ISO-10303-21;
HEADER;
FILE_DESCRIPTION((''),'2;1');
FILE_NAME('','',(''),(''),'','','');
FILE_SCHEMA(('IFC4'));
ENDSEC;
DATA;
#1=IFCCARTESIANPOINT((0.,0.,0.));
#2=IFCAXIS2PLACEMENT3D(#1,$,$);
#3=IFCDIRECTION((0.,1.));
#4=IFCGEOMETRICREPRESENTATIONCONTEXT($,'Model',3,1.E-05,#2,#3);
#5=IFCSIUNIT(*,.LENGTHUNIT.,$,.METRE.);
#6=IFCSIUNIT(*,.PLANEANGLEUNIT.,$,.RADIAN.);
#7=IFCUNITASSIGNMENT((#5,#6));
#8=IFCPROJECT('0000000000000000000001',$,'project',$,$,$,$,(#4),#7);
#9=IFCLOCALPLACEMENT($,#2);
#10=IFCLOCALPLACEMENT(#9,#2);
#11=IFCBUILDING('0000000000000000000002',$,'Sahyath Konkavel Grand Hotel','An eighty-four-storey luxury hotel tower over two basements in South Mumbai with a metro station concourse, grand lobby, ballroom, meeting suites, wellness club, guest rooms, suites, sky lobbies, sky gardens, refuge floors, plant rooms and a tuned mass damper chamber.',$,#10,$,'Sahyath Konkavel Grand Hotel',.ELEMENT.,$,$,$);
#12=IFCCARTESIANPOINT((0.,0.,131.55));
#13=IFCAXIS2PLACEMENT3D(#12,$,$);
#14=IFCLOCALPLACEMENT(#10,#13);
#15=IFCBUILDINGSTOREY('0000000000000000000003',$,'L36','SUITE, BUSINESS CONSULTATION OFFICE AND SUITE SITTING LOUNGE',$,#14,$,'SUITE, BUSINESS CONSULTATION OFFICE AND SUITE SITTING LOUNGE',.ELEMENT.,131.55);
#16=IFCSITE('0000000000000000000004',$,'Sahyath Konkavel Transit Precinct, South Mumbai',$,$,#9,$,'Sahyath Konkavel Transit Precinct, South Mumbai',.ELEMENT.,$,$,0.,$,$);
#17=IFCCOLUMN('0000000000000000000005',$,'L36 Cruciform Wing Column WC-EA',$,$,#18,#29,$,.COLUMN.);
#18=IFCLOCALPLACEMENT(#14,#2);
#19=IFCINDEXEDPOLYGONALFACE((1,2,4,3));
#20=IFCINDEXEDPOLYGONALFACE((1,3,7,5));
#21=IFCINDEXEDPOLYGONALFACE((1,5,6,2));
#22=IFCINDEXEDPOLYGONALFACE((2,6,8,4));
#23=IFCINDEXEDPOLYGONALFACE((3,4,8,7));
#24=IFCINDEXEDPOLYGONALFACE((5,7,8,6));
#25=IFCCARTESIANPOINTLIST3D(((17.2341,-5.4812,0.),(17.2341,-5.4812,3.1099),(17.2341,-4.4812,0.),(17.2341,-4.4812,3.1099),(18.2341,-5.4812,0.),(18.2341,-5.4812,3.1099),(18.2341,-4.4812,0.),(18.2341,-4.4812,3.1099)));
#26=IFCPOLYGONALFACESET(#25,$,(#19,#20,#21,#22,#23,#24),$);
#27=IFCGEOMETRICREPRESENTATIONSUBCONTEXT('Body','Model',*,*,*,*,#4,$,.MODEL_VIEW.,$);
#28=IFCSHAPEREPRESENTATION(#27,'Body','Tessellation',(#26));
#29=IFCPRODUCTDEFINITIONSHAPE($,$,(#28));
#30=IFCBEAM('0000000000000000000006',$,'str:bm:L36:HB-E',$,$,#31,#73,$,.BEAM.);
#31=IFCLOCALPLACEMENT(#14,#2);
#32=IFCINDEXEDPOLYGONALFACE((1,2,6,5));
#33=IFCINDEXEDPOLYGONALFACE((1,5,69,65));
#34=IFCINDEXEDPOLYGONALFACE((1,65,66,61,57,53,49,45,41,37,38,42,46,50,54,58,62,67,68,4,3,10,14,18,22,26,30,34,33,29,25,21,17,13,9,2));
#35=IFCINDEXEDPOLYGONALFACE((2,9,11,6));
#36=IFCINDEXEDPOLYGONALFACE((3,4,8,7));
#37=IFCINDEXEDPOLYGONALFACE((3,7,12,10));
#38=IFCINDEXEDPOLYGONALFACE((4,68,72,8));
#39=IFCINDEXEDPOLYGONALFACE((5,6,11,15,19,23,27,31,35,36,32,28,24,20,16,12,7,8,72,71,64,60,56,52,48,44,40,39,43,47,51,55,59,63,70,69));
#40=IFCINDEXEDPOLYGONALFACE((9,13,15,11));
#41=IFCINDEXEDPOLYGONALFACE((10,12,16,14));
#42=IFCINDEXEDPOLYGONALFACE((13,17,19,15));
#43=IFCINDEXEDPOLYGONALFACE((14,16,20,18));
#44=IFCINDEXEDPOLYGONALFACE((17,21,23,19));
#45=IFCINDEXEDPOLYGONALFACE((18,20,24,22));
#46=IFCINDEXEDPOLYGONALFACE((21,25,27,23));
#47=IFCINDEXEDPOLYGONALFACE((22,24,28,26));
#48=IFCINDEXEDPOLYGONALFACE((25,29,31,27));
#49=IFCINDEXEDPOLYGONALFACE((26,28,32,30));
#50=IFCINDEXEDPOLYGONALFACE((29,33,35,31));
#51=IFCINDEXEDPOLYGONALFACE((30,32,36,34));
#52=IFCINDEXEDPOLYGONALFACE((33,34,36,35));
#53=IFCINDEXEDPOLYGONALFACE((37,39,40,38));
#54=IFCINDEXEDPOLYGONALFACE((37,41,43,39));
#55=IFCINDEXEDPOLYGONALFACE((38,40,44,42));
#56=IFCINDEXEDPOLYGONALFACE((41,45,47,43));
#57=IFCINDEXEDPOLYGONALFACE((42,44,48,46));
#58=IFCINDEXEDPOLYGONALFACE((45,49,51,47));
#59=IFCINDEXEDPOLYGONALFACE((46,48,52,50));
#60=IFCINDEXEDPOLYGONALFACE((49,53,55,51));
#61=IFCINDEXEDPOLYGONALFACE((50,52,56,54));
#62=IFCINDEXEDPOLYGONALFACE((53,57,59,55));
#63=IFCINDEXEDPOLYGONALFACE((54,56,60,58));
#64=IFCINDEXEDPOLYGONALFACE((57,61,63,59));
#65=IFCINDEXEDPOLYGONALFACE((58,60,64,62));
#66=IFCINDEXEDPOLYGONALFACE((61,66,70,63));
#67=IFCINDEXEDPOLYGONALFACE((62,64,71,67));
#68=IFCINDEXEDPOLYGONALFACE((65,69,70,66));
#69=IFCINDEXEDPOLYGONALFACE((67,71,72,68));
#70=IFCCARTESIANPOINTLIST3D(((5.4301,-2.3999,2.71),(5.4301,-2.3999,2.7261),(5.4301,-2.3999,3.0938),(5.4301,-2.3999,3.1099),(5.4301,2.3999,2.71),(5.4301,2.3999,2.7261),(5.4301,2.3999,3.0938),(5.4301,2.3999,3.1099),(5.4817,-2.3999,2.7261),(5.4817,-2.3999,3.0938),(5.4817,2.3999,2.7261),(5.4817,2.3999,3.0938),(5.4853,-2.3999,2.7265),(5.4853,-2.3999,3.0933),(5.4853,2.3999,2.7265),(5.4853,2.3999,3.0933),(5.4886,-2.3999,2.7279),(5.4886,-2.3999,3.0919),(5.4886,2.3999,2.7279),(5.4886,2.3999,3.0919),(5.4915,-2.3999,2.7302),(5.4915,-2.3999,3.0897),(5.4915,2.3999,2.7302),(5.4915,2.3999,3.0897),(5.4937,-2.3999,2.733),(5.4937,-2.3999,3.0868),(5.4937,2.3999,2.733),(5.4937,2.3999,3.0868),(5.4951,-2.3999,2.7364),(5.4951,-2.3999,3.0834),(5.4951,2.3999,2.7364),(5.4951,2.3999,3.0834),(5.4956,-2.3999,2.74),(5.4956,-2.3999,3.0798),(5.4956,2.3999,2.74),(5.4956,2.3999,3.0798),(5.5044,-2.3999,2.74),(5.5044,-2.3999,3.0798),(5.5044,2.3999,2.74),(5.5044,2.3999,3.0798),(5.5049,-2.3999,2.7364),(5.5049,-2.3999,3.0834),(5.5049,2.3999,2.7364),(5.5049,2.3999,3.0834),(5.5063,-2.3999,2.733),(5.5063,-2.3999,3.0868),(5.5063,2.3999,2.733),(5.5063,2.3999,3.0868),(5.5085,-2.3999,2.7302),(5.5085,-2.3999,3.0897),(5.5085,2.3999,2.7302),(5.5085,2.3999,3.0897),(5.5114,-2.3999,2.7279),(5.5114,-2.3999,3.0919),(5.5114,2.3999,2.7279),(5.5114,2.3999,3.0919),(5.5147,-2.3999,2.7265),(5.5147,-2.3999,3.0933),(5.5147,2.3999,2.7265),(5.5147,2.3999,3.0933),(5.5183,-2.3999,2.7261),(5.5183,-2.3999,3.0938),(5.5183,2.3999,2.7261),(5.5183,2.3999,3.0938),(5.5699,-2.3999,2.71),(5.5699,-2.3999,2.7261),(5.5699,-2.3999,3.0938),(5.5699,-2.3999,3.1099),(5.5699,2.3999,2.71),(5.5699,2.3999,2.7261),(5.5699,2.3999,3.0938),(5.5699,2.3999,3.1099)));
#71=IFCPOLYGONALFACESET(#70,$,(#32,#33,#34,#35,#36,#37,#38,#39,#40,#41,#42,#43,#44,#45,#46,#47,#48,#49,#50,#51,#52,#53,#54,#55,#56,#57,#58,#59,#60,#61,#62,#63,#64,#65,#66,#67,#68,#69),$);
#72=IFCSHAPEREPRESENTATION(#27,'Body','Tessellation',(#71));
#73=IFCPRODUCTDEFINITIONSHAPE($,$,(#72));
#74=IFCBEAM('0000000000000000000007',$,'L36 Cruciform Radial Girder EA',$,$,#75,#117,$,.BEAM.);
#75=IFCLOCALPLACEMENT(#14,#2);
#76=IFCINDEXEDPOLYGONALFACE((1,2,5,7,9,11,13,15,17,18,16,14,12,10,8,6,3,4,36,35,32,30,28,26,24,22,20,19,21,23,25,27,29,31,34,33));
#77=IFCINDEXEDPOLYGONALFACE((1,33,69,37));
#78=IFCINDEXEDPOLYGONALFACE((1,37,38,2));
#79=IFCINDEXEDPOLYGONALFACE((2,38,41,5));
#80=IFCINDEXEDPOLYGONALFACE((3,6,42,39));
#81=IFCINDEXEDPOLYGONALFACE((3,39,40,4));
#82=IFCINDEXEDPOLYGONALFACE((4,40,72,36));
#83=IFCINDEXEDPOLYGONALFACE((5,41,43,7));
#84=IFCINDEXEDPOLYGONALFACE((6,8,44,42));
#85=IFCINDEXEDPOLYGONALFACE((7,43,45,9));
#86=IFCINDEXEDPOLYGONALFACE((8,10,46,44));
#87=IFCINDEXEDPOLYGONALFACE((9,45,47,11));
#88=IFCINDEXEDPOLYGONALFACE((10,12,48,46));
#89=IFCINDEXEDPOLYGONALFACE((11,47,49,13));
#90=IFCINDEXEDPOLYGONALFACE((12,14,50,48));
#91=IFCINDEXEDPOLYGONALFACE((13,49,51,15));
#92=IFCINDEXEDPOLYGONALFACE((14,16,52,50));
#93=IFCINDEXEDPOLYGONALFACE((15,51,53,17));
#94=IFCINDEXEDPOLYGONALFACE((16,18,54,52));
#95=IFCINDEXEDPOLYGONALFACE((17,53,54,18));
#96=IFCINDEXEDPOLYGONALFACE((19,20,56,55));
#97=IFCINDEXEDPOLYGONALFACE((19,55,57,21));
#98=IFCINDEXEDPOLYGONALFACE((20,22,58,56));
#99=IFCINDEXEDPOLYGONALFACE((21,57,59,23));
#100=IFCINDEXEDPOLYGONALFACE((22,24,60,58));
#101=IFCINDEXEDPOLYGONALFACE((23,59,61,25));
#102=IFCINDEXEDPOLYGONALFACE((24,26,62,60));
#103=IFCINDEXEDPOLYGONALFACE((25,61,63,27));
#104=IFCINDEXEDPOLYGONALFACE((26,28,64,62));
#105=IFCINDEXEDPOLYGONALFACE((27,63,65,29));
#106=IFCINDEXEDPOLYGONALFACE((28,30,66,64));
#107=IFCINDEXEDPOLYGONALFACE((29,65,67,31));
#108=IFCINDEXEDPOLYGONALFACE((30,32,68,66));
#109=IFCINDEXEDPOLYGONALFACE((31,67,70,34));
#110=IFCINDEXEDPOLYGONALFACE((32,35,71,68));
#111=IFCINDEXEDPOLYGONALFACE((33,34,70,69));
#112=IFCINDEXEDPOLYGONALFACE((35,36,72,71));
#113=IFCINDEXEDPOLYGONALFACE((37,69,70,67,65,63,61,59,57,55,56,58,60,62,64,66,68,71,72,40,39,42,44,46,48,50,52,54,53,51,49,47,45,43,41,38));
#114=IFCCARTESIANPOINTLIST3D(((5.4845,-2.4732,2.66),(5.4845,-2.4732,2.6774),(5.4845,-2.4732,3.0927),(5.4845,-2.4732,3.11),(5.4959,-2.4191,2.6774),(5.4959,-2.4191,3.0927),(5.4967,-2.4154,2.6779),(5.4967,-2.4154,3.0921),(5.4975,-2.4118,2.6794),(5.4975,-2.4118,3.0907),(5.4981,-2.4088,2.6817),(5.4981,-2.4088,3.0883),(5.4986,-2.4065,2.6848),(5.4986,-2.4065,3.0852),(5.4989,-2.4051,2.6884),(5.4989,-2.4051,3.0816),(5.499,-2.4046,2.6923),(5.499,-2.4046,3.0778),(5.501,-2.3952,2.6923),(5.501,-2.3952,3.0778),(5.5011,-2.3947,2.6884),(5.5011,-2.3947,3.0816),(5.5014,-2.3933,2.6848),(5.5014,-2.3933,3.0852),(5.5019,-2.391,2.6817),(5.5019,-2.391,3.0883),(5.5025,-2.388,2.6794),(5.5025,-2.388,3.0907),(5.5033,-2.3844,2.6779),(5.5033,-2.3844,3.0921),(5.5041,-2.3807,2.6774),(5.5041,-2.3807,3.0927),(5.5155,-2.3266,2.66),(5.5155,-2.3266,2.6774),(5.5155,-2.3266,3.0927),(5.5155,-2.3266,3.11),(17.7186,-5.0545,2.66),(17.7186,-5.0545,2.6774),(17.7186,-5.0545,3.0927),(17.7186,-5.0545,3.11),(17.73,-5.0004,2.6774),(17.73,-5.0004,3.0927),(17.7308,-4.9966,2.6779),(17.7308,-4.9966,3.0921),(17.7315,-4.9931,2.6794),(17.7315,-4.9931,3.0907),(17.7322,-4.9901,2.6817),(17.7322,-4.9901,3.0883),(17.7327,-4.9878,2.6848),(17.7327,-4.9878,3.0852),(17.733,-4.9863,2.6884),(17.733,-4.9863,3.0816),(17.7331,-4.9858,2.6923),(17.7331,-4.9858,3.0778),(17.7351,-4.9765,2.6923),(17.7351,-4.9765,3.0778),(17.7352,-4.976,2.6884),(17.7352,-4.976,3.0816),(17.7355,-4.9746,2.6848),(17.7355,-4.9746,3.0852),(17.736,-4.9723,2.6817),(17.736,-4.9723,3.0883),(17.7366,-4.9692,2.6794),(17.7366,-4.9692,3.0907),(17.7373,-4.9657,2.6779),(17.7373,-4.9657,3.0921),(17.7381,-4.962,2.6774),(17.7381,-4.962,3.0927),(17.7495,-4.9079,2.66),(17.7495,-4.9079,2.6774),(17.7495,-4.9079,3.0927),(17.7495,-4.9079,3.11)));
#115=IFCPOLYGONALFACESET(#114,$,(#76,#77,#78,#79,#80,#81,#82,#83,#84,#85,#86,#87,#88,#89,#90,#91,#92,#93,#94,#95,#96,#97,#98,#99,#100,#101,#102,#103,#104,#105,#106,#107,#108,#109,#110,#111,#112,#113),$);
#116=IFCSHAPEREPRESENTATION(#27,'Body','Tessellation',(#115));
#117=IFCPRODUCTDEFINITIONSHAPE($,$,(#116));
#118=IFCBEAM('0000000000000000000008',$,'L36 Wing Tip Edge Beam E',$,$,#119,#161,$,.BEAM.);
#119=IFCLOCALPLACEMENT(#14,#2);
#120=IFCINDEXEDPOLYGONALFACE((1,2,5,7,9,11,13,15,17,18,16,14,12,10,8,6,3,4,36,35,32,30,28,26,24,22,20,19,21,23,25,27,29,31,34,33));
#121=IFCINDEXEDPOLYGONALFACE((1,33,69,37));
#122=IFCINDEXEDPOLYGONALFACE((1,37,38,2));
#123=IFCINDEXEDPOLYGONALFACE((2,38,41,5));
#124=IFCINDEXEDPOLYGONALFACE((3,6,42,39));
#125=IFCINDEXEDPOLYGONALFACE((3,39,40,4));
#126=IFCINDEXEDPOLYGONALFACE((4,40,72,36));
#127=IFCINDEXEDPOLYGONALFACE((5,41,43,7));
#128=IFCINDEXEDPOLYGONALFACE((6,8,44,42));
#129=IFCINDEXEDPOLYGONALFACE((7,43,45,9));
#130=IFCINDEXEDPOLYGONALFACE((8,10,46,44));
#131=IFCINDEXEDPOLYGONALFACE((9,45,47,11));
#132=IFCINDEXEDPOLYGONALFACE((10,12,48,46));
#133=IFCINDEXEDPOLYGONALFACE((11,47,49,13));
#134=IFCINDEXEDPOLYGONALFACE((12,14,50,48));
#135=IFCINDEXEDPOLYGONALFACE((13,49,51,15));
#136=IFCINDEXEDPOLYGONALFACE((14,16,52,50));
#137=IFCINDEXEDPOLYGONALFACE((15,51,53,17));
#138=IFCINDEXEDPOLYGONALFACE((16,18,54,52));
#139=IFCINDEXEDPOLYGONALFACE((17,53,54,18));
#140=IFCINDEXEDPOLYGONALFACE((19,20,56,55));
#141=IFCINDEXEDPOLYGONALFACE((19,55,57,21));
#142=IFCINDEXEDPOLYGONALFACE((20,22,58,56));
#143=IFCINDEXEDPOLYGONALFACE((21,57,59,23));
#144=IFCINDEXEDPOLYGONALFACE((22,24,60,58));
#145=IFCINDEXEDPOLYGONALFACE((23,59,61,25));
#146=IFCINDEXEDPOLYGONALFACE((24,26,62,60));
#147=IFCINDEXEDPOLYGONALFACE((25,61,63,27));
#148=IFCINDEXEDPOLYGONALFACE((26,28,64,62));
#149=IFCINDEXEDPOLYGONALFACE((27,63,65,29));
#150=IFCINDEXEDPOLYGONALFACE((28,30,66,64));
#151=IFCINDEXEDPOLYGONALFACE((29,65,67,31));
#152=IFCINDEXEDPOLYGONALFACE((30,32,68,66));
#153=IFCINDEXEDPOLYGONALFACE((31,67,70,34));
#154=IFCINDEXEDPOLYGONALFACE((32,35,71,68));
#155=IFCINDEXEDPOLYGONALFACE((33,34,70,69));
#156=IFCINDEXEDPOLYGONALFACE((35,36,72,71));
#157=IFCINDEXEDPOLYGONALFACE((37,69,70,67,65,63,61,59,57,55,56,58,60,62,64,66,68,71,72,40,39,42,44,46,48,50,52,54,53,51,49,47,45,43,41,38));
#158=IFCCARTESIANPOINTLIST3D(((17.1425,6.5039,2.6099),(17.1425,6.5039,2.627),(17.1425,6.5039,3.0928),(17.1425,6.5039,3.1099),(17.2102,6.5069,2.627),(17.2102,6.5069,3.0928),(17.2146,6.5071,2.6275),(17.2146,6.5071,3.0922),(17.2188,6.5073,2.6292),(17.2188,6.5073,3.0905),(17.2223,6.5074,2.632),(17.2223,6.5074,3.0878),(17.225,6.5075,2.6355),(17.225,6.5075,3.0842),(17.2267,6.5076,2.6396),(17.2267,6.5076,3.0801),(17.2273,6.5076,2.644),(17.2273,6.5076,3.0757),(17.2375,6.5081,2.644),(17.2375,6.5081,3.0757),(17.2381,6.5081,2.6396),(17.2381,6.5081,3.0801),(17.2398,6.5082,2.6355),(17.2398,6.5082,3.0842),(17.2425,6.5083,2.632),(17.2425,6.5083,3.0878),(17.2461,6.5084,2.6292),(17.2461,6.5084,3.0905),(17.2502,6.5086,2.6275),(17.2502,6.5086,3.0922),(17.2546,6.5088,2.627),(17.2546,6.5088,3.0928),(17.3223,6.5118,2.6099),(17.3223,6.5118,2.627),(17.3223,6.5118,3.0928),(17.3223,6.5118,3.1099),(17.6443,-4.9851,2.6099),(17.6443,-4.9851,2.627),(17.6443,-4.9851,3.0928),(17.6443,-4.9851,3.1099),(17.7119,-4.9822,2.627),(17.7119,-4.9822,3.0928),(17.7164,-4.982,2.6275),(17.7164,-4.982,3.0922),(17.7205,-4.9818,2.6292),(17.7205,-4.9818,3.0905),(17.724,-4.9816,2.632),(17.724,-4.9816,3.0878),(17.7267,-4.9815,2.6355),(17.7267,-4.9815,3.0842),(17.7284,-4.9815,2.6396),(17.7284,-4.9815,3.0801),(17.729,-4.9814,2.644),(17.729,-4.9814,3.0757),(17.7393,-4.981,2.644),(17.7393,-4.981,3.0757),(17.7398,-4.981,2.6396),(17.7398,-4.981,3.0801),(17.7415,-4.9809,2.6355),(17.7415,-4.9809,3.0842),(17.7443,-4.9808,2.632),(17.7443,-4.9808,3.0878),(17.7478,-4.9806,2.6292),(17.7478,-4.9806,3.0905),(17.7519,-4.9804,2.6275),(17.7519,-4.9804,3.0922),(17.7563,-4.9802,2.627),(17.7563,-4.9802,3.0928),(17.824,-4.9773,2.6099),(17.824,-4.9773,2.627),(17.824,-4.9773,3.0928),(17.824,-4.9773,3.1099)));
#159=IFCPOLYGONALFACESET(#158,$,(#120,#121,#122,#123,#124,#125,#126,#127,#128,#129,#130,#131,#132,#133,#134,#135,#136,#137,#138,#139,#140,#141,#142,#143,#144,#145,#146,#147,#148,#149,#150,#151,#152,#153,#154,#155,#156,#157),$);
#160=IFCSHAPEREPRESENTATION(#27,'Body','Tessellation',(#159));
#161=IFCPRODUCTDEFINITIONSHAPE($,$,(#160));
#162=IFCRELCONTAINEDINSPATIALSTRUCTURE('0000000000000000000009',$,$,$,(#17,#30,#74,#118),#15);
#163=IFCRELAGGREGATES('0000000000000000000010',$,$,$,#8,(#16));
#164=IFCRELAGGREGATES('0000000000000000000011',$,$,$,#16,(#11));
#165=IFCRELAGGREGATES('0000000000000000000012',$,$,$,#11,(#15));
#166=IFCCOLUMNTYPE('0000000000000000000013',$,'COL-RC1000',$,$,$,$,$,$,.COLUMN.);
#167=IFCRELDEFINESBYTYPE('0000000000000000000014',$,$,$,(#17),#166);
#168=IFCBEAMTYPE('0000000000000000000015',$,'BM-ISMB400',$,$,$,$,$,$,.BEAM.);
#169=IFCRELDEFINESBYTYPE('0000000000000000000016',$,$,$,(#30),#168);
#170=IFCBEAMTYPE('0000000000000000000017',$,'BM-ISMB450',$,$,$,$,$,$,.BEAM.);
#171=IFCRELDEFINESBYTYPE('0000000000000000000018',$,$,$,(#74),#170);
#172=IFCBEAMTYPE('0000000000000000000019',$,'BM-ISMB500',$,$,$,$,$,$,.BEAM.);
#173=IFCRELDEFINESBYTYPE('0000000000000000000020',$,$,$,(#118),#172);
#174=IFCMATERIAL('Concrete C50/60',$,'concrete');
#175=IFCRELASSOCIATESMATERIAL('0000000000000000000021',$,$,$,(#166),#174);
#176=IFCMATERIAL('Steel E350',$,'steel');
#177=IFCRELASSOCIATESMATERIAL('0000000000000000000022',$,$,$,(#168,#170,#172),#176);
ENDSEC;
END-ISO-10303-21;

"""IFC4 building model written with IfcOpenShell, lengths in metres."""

from ifc_helpers import new_model, si_unit, direction, frame, origin, origin_2d, place, context, subcontext, project, spatial, rectangle, i_section, extrude, source, transform, mapped, material, material_profile, profile_set, type_object, element, save


model = new_model("IFC4")

# Units and contexts
model_context = context("Model", 3, precision=1e-05, world=origin(), true_north=direction((0.0, 1.0)))
body_context = subcontext(model_context, "Body", "Model", "MODEL_VIEW")
ifc_project = project(units=[si_unit("LENGTHUNIT", "METRE"), si_unit("PLANEANGLEUNIT", "RADIAN")], contexts=[model_context])

# Site, building, storey
site_placement = place(None, origin())
site = spatial("IfcSite", under=ifc_project, at=site_placement, Name="Sahyath Konkavel Transit Precinct, South Mumbai", LongName="Sahyath Konkavel Transit Precinct, South Mumbai", CompositionType="ELEMENT", RefElevation=0.0)
building_placement = place(site_placement, origin())
building = spatial("IfcBuilding", under=site, at=building_placement, Name="Sahyath Konkavel Grand Hotel", Description="An eighty-four-storey luxury hotel tower over two basements in South Mumbai with a metro station concourse, grand lobby, ballroom, meeting suites, wellness club, guest rooms, suites, sky lobbies, sky gardens, refuge floors, plant rooms and a tuned mass damper chamber.", LongName="Sahyath Konkavel Grand Hotel", CompositionType="ELEMENT")
storey_placement = place(building_placement, frame((0.0, 0.0, 131.55)))
storey = spatial("IfcBuildingStorey", under=building, at=storey_placement, Name="L36", Description="SUITE, BUSINESS CONSULTATION OFFICE AND SUITE SITTING LOUNGE", LongName="SUITE, BUSINESS CONSULTATION OFFICE AND SUITE SITTING LOUNGE", CompositionType="ELEMENT", Elevation=131.55)

# Column
ifc_material_1 = material(Name="Concrete C50/60", Category="concrete")
ifc_material_profile_1 = material_profile(ifc_material_1, rectangle(XDim=1.0, YDim=1.0, at=origin_2d()), Name="RC 1000x1000")
ifc_profile_set_1 = profile_set([ifc_material_profile_1], Name="Concrete C50/60")
column_type = type_object("IfcColumnType", Name="COL-RC1000", PredefinedType="COLUMN", material=ifc_profile_set_1)
shared_shape_1 = source(origin(), body_context, "Body", "SweptSolid", [
    extrude(rectangle(XDim=1.0, YDim=1.0, at=origin_2d()), origin(), (0.0, 0.0, 1.0), 3.1099),
])
column_placement = place(storey_placement, frame((17.7341, -4.9812, 0.0), z_axis=(0.0, 0.0, 1.0), x_axis=(1.0, 0.0, 0.0)))
element("IfcColumn", 1, at=column_placement, inside=storey, type_object=column_type, Name="L36 Cruciform Wing Column WC-EA", PredefinedType="COLUMN", context=body_context, shape_type="MappedRepresentation", body=[
    mapped(shared_shape_1, transform((0.0, 0.0, 0.0), scale=1.0)),
])

# Beams
ifc_material_2 = material(Name="Steel E350", Category="steel")
ifc_material_profile_2 = material_profile(ifc_material_2, i_section(OverallWidth=0.1399, OverallDepth=0.3999, WebThickness=0.0088, FlangeThickness=0.0161, FilletRadius=0.0139, at=origin_2d()), Name="ISMB 400")
ifc_profile_set_2 = profile_set([ifc_material_profile_2], Name="Steel E350")
beam_type_1 = type_object("IfcBeamType", Name="BM-ISMB400", PredefinedType="BEAM", material=ifc_profile_set_2)
shared_shape_2 = source(origin(), body_context, "Body", "SweptSolid", [
    extrude(i_section(OverallWidth=0.1399, OverallDepth=0.3999, WebThickness=0.0088, FlangeThickness=0.0161, FilletRadius=0.0139, at=origin_2d()), origin(), (0.0, 0.0, 1.0), 4.7998),
])
beam_1_placement = place(storey_placement, frame((5.5, -2.3999, 2.9099), z_axis=(0.0, 1.0, 0.0), x_axis=(-1.0, 0.0, 0.0)))
element("IfcBeam", 2, at=beam_1_placement, inside=storey, type_object=beam_type_1, Name="str:bm:L36:HB-E", PredefinedType="BEAM", context=body_context, shape_type="MappedRepresentation", body=[
    mapped(shared_shape_2, transform((0.0, 0.0, 0.0), scale=1.0)),
])
ifc_material_profile_3 = material_profile(ifc_material_2, i_section(OverallWidth=0.1499, OverallDepth=0.45, WebThickness=0.0095, FlangeThickness=0.0173, FilletRadius=0.0149, at=origin_2d()), Name="ISMB 450")
ifc_profile_set_3 = profile_set([ifc_material_profile_3], Name="Steel E350")
beam_type_2 = type_object("IfcBeamType", Name="BM-ISMB450", PredefinedType="BEAM", material=ifc_profile_set_3)
shared_shape_3 = source(origin(), body_context, "Body", "SweptSolid", [
    extrude(i_section(OverallWidth=0.1499, OverallDepth=0.45, WebThickness=0.0095, FlangeThickness=0.0173, FilletRadius=0.0149, at=origin_2d()), origin(), (0.0, 0.0, 1.0), 12.5034),
])
beam_2_placement = place(storey_placement, frame((5.5, -2.3999, 2.885), z_axis=(0.978458, -0.206446, 0.0), x_axis=(0.206446, 0.978458, 0.0)))
element("IfcBeam", 3, at=beam_2_placement, inside=storey, type_object=beam_type_2, Name="L36 Cruciform Radial Girder EA", PredefinedType="BEAM", context=body_context, shape_type="MappedRepresentation", body=[
    mapped(shared_shape_3, transform((0.0, 0.0, 0.0), scale=1.0)),
])
ifc_material_profile_4 = material_profile(ifc_material_2, i_section(OverallWidth=0.1799, OverallDepth=0.5, WebThickness=0.0103, FlangeThickness=0.0171, FilletRadius=0.0171, at=origin_2d()), Name="ISMB 500")
ifc_profile_set_4 = profile_set([ifc_material_profile_4], Name="Steel E350")
beam_type_3 = type_object("IfcBeamType", Name="BM-ISMB500", PredefinedType="BEAM", material=ifc_profile_set_4)
shared_shape_4 = source(origin(), body_context, "Body", "SweptSolid", [
    extrude(i_section(OverallWidth=0.1799, OverallDepth=0.5, WebThickness=0.0103, FlangeThickness=0.0171, FilletRadius=0.0171, at=origin_2d()), origin(), (0.0, 0.0, 1.0), 11.5),
])
beam_3_placement = place(storey_placement, frame((17.7341, -4.9812, 2.8599), z_axis=(-0.043627, 0.999048, 0.0), x_axis=(-0.999048, -0.043627, 0.0)))
element("IfcBeam", 4, at=beam_3_placement, inside=storey, type_object=beam_type_3, Name="L36 Wing Tip Edge Beam E", PredefinedType="BEAM", context=body_context, shape_type="MappedRepresentation", body=[
    mapped(shared_shape_4, transform((0.0, 0.0, 0.0), scale=1.0)),
])

save(model, "model.ifc")
